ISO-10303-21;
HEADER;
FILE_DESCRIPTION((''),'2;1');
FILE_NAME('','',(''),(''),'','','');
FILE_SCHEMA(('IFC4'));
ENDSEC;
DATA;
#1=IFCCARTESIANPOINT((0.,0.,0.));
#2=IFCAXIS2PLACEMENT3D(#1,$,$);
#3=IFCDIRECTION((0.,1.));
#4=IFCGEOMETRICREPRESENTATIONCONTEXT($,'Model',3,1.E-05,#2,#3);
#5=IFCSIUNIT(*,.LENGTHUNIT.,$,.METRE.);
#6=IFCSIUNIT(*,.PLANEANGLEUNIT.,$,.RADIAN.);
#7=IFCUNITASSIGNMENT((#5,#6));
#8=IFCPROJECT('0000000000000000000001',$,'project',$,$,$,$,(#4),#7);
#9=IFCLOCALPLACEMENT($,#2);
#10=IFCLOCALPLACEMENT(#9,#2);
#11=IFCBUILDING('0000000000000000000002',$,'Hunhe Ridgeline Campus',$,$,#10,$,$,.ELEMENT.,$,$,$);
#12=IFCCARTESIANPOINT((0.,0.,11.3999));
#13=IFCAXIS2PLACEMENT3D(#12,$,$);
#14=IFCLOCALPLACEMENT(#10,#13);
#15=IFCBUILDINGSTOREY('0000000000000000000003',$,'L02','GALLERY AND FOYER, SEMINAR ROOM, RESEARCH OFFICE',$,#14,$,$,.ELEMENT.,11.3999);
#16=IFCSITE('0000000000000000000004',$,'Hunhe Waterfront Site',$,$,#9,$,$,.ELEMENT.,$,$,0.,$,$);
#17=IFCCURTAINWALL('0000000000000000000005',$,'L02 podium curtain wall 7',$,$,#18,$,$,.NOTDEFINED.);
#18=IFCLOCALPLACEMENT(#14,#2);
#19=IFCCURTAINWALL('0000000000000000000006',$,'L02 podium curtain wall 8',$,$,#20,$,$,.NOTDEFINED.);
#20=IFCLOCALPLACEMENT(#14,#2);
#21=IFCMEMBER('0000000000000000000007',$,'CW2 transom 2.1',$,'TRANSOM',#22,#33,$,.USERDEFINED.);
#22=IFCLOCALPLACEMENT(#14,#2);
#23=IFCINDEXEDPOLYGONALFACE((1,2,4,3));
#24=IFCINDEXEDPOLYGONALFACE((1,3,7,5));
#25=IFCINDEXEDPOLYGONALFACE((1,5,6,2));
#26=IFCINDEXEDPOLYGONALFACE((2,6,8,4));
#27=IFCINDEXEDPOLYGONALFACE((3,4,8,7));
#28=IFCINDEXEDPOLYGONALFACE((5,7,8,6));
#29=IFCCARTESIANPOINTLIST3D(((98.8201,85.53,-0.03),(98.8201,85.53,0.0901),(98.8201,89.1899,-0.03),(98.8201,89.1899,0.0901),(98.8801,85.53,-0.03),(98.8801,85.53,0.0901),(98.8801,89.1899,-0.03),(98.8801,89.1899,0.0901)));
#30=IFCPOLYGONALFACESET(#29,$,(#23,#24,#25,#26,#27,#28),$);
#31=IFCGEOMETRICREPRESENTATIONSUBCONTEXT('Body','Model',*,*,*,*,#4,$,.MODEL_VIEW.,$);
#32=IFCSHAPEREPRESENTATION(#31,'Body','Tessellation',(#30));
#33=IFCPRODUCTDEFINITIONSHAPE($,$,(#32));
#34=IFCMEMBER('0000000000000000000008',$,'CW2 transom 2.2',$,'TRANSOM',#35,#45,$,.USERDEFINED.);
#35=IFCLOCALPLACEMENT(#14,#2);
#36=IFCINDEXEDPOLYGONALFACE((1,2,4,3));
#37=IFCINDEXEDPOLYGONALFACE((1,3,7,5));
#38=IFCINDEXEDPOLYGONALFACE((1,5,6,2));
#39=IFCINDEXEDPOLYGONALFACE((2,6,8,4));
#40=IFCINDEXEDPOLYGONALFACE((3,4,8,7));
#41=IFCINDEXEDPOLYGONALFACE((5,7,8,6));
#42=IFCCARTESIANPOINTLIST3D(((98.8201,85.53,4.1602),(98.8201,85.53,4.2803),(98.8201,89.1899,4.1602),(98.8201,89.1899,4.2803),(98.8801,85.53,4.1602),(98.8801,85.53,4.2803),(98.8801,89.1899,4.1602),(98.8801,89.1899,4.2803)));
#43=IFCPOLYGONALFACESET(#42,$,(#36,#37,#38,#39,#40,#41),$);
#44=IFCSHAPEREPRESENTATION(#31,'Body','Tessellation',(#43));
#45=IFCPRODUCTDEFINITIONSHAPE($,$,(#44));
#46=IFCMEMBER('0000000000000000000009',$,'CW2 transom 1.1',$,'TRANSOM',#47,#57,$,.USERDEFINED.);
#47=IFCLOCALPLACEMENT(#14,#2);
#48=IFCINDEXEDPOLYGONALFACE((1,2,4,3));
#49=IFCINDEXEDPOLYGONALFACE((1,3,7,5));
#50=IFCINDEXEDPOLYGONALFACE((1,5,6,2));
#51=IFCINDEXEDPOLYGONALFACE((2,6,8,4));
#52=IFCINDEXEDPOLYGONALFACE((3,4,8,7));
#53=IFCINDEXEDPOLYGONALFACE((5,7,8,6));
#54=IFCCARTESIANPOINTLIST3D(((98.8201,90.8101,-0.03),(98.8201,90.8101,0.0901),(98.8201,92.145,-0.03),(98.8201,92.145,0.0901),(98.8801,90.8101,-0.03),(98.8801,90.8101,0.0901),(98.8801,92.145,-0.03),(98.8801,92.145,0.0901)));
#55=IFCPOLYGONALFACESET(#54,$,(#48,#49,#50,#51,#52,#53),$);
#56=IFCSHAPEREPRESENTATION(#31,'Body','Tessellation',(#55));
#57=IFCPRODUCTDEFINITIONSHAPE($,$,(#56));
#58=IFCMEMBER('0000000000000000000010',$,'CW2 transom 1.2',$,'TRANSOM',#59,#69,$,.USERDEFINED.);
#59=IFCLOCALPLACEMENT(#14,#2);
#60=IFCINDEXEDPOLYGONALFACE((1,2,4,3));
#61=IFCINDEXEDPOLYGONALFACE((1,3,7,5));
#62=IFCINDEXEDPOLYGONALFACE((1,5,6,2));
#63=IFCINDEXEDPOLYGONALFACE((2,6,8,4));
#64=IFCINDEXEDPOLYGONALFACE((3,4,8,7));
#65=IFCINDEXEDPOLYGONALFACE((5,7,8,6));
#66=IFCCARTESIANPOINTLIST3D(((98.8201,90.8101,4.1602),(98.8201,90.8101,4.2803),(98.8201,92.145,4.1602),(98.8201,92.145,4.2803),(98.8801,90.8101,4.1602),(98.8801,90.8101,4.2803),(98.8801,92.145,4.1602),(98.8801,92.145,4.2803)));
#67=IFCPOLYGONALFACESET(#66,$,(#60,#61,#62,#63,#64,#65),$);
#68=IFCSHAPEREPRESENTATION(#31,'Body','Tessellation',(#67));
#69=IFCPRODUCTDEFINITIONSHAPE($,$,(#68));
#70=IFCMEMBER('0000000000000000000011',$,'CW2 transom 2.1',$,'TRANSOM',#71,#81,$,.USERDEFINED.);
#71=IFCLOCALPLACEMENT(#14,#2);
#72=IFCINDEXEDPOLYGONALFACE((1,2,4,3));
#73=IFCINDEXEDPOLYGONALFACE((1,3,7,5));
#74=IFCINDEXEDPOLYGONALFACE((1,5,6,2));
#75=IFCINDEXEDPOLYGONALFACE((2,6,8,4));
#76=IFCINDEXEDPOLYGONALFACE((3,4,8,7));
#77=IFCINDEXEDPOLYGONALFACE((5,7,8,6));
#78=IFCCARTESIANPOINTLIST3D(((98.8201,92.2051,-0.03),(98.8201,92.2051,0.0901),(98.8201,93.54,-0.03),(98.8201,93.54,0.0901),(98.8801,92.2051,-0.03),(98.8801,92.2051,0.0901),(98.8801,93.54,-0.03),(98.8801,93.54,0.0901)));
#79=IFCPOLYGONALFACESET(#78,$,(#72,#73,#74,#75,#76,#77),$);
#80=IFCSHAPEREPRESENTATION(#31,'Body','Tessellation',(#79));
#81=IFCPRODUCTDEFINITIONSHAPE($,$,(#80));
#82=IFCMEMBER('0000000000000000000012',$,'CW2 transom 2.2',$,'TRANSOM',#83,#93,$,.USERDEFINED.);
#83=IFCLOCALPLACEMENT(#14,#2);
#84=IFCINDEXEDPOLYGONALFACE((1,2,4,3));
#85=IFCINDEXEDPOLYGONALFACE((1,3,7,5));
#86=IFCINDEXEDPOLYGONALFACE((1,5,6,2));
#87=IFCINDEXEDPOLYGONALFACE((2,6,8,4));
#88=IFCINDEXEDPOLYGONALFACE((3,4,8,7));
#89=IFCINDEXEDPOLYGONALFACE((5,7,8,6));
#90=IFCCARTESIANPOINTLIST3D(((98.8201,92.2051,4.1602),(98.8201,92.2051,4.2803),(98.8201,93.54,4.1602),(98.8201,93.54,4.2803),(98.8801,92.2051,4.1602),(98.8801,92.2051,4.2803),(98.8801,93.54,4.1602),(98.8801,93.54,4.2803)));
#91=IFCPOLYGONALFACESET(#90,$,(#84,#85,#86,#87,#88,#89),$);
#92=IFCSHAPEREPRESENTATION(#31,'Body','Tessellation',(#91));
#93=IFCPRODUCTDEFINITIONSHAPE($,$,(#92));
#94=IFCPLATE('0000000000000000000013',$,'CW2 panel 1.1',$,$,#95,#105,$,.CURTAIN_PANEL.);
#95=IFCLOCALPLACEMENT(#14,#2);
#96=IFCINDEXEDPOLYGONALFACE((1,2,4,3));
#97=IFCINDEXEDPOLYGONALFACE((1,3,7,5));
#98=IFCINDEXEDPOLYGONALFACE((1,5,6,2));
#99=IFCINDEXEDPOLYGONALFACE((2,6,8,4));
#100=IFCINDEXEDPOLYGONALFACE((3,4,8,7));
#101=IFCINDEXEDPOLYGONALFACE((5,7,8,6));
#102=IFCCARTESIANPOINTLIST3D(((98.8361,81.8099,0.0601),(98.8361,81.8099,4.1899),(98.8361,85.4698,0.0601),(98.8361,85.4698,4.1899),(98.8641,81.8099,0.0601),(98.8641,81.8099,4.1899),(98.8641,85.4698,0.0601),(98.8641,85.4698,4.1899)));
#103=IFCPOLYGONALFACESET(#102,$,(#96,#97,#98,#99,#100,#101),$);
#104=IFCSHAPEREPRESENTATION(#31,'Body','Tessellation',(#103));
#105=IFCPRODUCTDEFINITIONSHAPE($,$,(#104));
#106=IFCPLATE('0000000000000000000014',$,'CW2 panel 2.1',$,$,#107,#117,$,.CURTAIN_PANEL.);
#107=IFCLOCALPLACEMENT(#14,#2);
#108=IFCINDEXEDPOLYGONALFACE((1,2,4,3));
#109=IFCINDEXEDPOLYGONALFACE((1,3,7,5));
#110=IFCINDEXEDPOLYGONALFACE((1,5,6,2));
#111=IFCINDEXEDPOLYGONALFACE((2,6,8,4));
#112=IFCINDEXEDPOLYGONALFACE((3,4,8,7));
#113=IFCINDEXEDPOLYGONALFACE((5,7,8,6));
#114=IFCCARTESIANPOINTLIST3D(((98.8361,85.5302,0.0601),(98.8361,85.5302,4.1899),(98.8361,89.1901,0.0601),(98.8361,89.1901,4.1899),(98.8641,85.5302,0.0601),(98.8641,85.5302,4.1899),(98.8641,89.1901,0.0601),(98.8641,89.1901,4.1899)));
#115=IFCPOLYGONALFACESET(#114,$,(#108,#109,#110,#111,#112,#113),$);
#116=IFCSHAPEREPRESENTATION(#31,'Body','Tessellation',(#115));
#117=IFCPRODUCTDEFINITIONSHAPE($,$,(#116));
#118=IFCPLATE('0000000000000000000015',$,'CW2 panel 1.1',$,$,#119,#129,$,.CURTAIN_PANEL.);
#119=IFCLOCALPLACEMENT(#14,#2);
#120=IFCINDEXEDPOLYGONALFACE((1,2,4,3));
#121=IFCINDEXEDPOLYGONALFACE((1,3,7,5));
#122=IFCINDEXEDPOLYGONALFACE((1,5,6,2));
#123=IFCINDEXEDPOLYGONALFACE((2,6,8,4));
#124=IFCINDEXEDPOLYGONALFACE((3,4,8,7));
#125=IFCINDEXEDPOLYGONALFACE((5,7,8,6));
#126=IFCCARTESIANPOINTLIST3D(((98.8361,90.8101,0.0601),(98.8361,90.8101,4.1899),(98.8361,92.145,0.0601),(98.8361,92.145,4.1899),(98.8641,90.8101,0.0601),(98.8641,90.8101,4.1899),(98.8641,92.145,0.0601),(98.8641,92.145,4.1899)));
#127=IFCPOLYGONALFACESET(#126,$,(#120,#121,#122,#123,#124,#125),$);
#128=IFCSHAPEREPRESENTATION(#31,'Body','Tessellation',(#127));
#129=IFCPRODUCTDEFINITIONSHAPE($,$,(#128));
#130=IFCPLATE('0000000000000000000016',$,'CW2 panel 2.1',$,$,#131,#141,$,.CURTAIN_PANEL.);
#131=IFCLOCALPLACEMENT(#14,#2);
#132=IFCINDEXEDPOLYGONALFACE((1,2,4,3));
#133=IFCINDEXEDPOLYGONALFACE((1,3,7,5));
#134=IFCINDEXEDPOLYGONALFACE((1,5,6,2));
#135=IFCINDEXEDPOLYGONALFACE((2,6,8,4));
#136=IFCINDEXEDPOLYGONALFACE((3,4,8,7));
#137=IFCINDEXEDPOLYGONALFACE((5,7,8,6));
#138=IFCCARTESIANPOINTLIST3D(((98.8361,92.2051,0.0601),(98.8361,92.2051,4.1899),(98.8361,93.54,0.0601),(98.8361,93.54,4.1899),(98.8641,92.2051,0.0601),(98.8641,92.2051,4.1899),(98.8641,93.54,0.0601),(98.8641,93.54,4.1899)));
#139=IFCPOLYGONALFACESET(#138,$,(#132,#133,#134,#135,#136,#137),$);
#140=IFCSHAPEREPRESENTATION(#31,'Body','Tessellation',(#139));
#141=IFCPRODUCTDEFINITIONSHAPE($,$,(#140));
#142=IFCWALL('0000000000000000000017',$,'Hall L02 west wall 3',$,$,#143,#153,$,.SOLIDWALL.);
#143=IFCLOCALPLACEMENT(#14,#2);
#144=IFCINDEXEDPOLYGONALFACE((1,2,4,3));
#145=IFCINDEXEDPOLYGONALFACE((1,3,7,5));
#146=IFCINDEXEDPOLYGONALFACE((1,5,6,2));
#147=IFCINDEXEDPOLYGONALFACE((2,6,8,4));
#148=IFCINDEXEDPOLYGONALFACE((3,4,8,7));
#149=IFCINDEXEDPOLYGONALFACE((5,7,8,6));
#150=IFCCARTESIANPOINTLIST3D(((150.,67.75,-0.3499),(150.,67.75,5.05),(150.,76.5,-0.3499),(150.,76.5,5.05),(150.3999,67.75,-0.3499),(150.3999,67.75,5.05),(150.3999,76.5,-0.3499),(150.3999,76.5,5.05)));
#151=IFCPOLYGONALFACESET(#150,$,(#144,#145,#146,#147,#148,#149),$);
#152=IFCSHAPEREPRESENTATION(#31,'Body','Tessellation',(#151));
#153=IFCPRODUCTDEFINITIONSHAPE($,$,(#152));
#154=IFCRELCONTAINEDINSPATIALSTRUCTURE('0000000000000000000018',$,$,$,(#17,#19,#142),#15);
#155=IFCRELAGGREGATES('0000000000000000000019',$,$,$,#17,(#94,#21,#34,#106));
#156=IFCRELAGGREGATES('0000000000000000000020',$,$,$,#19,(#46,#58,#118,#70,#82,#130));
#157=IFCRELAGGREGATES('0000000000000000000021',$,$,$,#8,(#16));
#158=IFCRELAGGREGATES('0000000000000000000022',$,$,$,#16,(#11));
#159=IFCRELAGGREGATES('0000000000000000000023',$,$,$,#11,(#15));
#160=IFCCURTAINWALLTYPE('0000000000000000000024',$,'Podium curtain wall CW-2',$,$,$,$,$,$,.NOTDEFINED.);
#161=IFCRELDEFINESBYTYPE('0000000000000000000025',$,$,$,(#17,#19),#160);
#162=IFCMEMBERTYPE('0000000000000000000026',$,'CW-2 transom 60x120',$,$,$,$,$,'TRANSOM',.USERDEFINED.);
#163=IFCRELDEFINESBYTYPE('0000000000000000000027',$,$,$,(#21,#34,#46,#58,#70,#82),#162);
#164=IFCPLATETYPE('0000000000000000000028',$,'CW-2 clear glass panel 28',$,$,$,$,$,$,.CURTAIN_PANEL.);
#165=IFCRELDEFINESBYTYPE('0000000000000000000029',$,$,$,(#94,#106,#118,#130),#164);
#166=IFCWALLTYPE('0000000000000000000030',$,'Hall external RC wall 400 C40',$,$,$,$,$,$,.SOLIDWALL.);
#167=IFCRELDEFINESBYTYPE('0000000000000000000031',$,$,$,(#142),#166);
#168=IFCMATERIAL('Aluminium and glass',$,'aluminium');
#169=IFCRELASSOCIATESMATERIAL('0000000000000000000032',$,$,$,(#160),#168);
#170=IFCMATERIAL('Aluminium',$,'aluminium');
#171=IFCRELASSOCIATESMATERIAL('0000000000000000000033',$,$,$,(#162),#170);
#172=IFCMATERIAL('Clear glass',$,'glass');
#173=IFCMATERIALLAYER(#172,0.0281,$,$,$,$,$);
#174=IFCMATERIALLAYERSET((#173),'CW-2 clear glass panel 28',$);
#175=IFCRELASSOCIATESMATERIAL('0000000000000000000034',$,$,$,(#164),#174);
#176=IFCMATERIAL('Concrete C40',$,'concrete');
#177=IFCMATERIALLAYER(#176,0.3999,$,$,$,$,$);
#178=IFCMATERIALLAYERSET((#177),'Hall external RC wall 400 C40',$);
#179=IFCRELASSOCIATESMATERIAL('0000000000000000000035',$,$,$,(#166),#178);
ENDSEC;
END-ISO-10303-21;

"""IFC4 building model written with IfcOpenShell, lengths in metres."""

from ifc_helpers import new_model, si_unit, direction, frame, frame_2d, origin, origin_2d, place, context, subcontext, project, spatial, rectangle, extrude, material, layer, layer_set, material_profile, profile_set, type_object, element, aggregate, save


model = new_model("IFC4")

# Units and contexts
model_context = context("Model", 3, precision=1e-05, world=origin(), true_north=direction((0.0, 1.0)))
body_context = subcontext(model_context, "Body", "Model", "MODEL_VIEW")
ifc_project = project(units=[si_unit("LENGTHUNIT", "METRE"), si_unit("PLANEANGLEUNIT", "RADIAN")], contexts=[model_context])

# Site, building, storey
site_placement = place(None, origin())
site = spatial("IfcSite", under=ifc_project, at=site_placement, Name="Hunhe Waterfront Site", CompositionType="ELEMENT", RefElevation=0.0)
building_placement = place(site_placement, origin())
building = spatial("IfcBuilding", under=site, at=building_placement, Name="Hunhe Ridgeline Campus", CompositionType="ELEMENT")
storey_placement = place(building_placement, frame((0.0, 0.0, 11.3999)))
storey = spatial("IfcBuildingStorey", under=building, at=storey_placement, Name="L02", Description="GALLERY AND FOYER, SEMINAR ROOM, RESEARCH OFFICE", CompositionType="ELEMENT", Elevation=11.3999)

# Curtain walls
ifc_material_1 = material(Name="Aluminium and glass", Category="aluminium")
curtain_wall_type = type_object("IfcCurtainWallType", Name="Podium curtain wall CW-2", PredefinedType="NOTDEFINED", material=ifc_material_1)
curtain_wall_1_placement = place(storey_placement, origin())
curtain_wall_1 = element("IfcCurtainWall", 1, at=curtain_wall_1_placement, inside=storey, type_object=curtain_wall_type, Name="L02 podium curtain wall 7", PredefinedType="NOTDEFINED")
ifc_material_2 = material(Name="Aluminium", Category="aluminium")
curtain_wall_2_placement = place(storey_placement, origin())
curtain_wall_2 = element("IfcCurtainWall", 2, at=curtain_wall_2_placement, inside=storey, type_object=curtain_wall_type, Name="L02 podium curtain wall 8", PredefinedType="NOTDEFINED")

# Members
ifc_material_profile_1 = material_profile(ifc_material_2, rectangle(XDim=0.0601, YDim=0.1201, at=origin_2d()))
ifc_profile_set_1 = profile_set([ifc_material_profile_1], Name="Aluminium")
member_type_1 = type_object("IfcMemberType", Name="CW-2 transom 60x120", ElementType="TRANSOM", PredefinedType="USERDEFINED", material=ifc_profile_set_1)
member_1_placement = place(storey_placement, frame((98.8501, 85.53, 0.03), z_axis=(0.0, 1.0, 0.0), x_axis=(-1.0, 0.0, 0.0)))
member_1 = element("IfcMember", 3, at=member_1_placement, type_object=member_type_1, Name="CW2 transom 2.1", ObjectType="TRANSOM", PredefinedType="USERDEFINED", context=body_context, shape_type="SweptSolid", body=[
    extrude(rectangle(XDim=0.0601, YDim=0.1201, at=origin_2d()), origin(), (0.0, 0.0, 1.0), 3.6599),
])
member_2_placement = place(storey_placement, frame((98.8501, 85.53, 4.2202), z_axis=(0.0, 1.0, 0.0), x_axis=(-1.0, 0.0, 0.0)))
member_2 = element("IfcMember", 4, at=member_2_placement, type_object=member_type_1, Name="CW2 transom 2.2", ObjectType="TRANSOM", PredefinedType="USERDEFINED", context=body_context, shape_type="SweptSolid", body=[
    extrude(rectangle(XDim=0.0601, YDim=0.1201, at=origin_2d()), origin(), (0.0, 0.0, 1.0), 3.6599),
])
member_3_placement = place(storey_placement, frame((98.8501, 90.8101, 0.03), z_axis=(0.0, 1.0, 0.0), x_axis=(-1.0, 0.0, 0.0)))
member_3 = element("IfcMember", 5, at=member_3_placement, type_object=member_type_1, Name="CW2 transom 1.1", ObjectType="TRANSOM", PredefinedType="USERDEFINED", context=body_context, shape_type="SweptSolid", body=[
    extrude(rectangle(XDim=0.0601, YDim=0.1201, at=origin_2d()), origin(), (0.0, 0.0, 1.0), 1.335),
])
member_4_placement = place(storey_placement, frame((98.8501, 90.8101, 4.2202), z_axis=(0.0, 1.0, 0.0), x_axis=(-1.0, 0.0, 0.0)))
member_4 = element("IfcMember", 6, at=member_4_placement, type_object=member_type_1, Name="CW2 transom 1.2", ObjectType="TRANSOM", PredefinedType="USERDEFINED", context=body_context, shape_type="SweptSolid", body=[
    extrude(rectangle(XDim=0.0601, YDim=0.1201, at=origin_2d()), origin(), (0.0, 0.0, 1.0), 1.335),
])
member_5_placement = place(storey_placement, frame((98.8501, 92.2051, 0.03), z_axis=(0.0, 1.0, 0.0), x_axis=(-1.0, 0.0, 0.0)))
member_5 = element("IfcMember", 7, at=member_5_placement, type_object=member_type_1, Name="CW2 transom 2.1", ObjectType="TRANSOM", PredefinedType="USERDEFINED", context=body_context, shape_type="SweptSolid", body=[
    extrude(rectangle(XDim=0.0601, YDim=0.1201, at=origin_2d()), origin(), (0.0, 0.0, 1.0), 1.335),
])
member_6_placement = place(storey_placement, frame((98.8501, 92.2051, 4.2202), z_axis=(0.0, 1.0, 0.0), x_axis=(-1.0, 0.0, 0.0)))
member_6 = element("IfcMember", 8, at=member_6_placement, type_object=member_type_1, Name="CW2 transom 2.2", ObjectType="TRANSOM", PredefinedType="USERDEFINED", context=body_context, shape_type="SweptSolid", body=[
    extrude(rectangle(XDim=0.0601, YDim=0.1201, at=origin_2d()), origin(), (0.0, 0.0, 1.0), 1.335),
])

# Plates
ifc_material_3 = material(Name="Clear glass", Category="glass")
ifc_layer_1 = layer(ifc_material_3, 0.0281)
ifc_layer_set_1 = layer_set([ifc_layer_1], Name="CW-2 clear glass panel 28")
plate_type = type_object("IfcPlateType", Name="CW-2 clear glass panel 28", PredefinedType="CURTAIN_PANEL", material=ifc_layer_set_1)
plate_1_placement = place(storey_placement, frame((98.8501, 83.6399, 0.0601), z_axis=(0.0, 0.0, 1.0), x_axis=(0.0, 1.0, 0.0)))
plate_1 = element("IfcPlate", 9, at=plate_1_placement, type_object=plate_type, Name="CW2 panel 1.1", PredefinedType="CURTAIN_PANEL", context=body_context, shape_type="SweptSolid", body=[
    extrude(rectangle(XDim=3.6599, YDim=0.0281, at=origin_2d()), origin(), (0.0, 0.0, 1.0), 4.1299),
])
plate_2_placement = place(storey_placement, frame((98.8501, 87.3601, 0.0601), z_axis=(0.0, 0.0, 1.0), x_axis=(0.0, 1.0, 0.0)))
plate_2 = element("IfcPlate", 10, at=plate_2_placement, type_object=plate_type, Name="CW2 panel 2.1", PredefinedType="CURTAIN_PANEL", context=body_context, shape_type="SweptSolid", body=[
    extrude(rectangle(XDim=3.6599, YDim=0.0281, at=origin_2d()), origin(), (0.0, 0.0, 1.0), 4.1299),
])
aggregate(curtain_wall_1, [plate_1, member_1, member_2, plate_2])
plate_3_placement = place(storey_placement, frame((98.8501, 91.4775, 0.0601), z_axis=(0.0, 0.0, 1.0), x_axis=(0.0, 1.0, 0.0)))
plate_3 = element("IfcPlate", 11, at=plate_3_placement, type_object=plate_type, Name="CW2 panel 1.1", PredefinedType="CURTAIN_PANEL", context=body_context, shape_type="SweptSolid", body=[
    extrude(rectangle(XDim=1.335, YDim=0.0281, at=origin_2d()), origin(), (0.0, 0.0, 1.0), 4.1299),
])
plate_4_placement = place(storey_placement, frame((98.8501, 92.8726, 0.0601), z_axis=(0.0, 0.0, 1.0), x_axis=(0.0, 1.0, 0.0)))
plate_4 = element("IfcPlate", 12, at=plate_4_placement, type_object=plate_type, Name="CW2 panel 2.1", PredefinedType="CURTAIN_PANEL", context=body_context, shape_type="SweptSolid", body=[
    extrude(rectangle(XDim=1.335, YDim=0.0281, at=origin_2d()), origin(), (0.0, 0.0, 1.0), 4.1299),
])
aggregate(curtain_wall_2, [member_3, member_4, plate_3, member_5, member_6, plate_4])

# Wall
ifc_material_4 = material(Name="Concrete C40", Category="concrete")
ifc_layer_2 = layer(ifc_material_4, 0.3999)
ifc_layer_set_2 = layer_set([ifc_layer_2], Name="Hall external RC wall 400 C40")
wall_type = type_object("IfcWallType", Name="Hall external RC wall 400 C40", PredefinedType="SOLIDWALL", material=ifc_layer_set_2)
wall_placement = place(storey_placement, frame((150.2, 67.75, -0.3499), z_axis=(0.0, 0.0, 1.0), x_axis=(0.0, 1.0, 0.0)))
element("IfcWall", 13, at=wall_placement, inside=storey, type_object=wall_type, Name="Hall L02 west wall 3", PredefinedType="SOLIDWALL", context=body_context, shape_type="SweptSolid", body=[
    extrude(rectangle(XDim=8.75, YDim=0.3999, at=frame_2d((4.375, 0.0))), origin(), (0.0, 0.0, 1.0), 5.3999),
])

save(model, "model.ifc")
